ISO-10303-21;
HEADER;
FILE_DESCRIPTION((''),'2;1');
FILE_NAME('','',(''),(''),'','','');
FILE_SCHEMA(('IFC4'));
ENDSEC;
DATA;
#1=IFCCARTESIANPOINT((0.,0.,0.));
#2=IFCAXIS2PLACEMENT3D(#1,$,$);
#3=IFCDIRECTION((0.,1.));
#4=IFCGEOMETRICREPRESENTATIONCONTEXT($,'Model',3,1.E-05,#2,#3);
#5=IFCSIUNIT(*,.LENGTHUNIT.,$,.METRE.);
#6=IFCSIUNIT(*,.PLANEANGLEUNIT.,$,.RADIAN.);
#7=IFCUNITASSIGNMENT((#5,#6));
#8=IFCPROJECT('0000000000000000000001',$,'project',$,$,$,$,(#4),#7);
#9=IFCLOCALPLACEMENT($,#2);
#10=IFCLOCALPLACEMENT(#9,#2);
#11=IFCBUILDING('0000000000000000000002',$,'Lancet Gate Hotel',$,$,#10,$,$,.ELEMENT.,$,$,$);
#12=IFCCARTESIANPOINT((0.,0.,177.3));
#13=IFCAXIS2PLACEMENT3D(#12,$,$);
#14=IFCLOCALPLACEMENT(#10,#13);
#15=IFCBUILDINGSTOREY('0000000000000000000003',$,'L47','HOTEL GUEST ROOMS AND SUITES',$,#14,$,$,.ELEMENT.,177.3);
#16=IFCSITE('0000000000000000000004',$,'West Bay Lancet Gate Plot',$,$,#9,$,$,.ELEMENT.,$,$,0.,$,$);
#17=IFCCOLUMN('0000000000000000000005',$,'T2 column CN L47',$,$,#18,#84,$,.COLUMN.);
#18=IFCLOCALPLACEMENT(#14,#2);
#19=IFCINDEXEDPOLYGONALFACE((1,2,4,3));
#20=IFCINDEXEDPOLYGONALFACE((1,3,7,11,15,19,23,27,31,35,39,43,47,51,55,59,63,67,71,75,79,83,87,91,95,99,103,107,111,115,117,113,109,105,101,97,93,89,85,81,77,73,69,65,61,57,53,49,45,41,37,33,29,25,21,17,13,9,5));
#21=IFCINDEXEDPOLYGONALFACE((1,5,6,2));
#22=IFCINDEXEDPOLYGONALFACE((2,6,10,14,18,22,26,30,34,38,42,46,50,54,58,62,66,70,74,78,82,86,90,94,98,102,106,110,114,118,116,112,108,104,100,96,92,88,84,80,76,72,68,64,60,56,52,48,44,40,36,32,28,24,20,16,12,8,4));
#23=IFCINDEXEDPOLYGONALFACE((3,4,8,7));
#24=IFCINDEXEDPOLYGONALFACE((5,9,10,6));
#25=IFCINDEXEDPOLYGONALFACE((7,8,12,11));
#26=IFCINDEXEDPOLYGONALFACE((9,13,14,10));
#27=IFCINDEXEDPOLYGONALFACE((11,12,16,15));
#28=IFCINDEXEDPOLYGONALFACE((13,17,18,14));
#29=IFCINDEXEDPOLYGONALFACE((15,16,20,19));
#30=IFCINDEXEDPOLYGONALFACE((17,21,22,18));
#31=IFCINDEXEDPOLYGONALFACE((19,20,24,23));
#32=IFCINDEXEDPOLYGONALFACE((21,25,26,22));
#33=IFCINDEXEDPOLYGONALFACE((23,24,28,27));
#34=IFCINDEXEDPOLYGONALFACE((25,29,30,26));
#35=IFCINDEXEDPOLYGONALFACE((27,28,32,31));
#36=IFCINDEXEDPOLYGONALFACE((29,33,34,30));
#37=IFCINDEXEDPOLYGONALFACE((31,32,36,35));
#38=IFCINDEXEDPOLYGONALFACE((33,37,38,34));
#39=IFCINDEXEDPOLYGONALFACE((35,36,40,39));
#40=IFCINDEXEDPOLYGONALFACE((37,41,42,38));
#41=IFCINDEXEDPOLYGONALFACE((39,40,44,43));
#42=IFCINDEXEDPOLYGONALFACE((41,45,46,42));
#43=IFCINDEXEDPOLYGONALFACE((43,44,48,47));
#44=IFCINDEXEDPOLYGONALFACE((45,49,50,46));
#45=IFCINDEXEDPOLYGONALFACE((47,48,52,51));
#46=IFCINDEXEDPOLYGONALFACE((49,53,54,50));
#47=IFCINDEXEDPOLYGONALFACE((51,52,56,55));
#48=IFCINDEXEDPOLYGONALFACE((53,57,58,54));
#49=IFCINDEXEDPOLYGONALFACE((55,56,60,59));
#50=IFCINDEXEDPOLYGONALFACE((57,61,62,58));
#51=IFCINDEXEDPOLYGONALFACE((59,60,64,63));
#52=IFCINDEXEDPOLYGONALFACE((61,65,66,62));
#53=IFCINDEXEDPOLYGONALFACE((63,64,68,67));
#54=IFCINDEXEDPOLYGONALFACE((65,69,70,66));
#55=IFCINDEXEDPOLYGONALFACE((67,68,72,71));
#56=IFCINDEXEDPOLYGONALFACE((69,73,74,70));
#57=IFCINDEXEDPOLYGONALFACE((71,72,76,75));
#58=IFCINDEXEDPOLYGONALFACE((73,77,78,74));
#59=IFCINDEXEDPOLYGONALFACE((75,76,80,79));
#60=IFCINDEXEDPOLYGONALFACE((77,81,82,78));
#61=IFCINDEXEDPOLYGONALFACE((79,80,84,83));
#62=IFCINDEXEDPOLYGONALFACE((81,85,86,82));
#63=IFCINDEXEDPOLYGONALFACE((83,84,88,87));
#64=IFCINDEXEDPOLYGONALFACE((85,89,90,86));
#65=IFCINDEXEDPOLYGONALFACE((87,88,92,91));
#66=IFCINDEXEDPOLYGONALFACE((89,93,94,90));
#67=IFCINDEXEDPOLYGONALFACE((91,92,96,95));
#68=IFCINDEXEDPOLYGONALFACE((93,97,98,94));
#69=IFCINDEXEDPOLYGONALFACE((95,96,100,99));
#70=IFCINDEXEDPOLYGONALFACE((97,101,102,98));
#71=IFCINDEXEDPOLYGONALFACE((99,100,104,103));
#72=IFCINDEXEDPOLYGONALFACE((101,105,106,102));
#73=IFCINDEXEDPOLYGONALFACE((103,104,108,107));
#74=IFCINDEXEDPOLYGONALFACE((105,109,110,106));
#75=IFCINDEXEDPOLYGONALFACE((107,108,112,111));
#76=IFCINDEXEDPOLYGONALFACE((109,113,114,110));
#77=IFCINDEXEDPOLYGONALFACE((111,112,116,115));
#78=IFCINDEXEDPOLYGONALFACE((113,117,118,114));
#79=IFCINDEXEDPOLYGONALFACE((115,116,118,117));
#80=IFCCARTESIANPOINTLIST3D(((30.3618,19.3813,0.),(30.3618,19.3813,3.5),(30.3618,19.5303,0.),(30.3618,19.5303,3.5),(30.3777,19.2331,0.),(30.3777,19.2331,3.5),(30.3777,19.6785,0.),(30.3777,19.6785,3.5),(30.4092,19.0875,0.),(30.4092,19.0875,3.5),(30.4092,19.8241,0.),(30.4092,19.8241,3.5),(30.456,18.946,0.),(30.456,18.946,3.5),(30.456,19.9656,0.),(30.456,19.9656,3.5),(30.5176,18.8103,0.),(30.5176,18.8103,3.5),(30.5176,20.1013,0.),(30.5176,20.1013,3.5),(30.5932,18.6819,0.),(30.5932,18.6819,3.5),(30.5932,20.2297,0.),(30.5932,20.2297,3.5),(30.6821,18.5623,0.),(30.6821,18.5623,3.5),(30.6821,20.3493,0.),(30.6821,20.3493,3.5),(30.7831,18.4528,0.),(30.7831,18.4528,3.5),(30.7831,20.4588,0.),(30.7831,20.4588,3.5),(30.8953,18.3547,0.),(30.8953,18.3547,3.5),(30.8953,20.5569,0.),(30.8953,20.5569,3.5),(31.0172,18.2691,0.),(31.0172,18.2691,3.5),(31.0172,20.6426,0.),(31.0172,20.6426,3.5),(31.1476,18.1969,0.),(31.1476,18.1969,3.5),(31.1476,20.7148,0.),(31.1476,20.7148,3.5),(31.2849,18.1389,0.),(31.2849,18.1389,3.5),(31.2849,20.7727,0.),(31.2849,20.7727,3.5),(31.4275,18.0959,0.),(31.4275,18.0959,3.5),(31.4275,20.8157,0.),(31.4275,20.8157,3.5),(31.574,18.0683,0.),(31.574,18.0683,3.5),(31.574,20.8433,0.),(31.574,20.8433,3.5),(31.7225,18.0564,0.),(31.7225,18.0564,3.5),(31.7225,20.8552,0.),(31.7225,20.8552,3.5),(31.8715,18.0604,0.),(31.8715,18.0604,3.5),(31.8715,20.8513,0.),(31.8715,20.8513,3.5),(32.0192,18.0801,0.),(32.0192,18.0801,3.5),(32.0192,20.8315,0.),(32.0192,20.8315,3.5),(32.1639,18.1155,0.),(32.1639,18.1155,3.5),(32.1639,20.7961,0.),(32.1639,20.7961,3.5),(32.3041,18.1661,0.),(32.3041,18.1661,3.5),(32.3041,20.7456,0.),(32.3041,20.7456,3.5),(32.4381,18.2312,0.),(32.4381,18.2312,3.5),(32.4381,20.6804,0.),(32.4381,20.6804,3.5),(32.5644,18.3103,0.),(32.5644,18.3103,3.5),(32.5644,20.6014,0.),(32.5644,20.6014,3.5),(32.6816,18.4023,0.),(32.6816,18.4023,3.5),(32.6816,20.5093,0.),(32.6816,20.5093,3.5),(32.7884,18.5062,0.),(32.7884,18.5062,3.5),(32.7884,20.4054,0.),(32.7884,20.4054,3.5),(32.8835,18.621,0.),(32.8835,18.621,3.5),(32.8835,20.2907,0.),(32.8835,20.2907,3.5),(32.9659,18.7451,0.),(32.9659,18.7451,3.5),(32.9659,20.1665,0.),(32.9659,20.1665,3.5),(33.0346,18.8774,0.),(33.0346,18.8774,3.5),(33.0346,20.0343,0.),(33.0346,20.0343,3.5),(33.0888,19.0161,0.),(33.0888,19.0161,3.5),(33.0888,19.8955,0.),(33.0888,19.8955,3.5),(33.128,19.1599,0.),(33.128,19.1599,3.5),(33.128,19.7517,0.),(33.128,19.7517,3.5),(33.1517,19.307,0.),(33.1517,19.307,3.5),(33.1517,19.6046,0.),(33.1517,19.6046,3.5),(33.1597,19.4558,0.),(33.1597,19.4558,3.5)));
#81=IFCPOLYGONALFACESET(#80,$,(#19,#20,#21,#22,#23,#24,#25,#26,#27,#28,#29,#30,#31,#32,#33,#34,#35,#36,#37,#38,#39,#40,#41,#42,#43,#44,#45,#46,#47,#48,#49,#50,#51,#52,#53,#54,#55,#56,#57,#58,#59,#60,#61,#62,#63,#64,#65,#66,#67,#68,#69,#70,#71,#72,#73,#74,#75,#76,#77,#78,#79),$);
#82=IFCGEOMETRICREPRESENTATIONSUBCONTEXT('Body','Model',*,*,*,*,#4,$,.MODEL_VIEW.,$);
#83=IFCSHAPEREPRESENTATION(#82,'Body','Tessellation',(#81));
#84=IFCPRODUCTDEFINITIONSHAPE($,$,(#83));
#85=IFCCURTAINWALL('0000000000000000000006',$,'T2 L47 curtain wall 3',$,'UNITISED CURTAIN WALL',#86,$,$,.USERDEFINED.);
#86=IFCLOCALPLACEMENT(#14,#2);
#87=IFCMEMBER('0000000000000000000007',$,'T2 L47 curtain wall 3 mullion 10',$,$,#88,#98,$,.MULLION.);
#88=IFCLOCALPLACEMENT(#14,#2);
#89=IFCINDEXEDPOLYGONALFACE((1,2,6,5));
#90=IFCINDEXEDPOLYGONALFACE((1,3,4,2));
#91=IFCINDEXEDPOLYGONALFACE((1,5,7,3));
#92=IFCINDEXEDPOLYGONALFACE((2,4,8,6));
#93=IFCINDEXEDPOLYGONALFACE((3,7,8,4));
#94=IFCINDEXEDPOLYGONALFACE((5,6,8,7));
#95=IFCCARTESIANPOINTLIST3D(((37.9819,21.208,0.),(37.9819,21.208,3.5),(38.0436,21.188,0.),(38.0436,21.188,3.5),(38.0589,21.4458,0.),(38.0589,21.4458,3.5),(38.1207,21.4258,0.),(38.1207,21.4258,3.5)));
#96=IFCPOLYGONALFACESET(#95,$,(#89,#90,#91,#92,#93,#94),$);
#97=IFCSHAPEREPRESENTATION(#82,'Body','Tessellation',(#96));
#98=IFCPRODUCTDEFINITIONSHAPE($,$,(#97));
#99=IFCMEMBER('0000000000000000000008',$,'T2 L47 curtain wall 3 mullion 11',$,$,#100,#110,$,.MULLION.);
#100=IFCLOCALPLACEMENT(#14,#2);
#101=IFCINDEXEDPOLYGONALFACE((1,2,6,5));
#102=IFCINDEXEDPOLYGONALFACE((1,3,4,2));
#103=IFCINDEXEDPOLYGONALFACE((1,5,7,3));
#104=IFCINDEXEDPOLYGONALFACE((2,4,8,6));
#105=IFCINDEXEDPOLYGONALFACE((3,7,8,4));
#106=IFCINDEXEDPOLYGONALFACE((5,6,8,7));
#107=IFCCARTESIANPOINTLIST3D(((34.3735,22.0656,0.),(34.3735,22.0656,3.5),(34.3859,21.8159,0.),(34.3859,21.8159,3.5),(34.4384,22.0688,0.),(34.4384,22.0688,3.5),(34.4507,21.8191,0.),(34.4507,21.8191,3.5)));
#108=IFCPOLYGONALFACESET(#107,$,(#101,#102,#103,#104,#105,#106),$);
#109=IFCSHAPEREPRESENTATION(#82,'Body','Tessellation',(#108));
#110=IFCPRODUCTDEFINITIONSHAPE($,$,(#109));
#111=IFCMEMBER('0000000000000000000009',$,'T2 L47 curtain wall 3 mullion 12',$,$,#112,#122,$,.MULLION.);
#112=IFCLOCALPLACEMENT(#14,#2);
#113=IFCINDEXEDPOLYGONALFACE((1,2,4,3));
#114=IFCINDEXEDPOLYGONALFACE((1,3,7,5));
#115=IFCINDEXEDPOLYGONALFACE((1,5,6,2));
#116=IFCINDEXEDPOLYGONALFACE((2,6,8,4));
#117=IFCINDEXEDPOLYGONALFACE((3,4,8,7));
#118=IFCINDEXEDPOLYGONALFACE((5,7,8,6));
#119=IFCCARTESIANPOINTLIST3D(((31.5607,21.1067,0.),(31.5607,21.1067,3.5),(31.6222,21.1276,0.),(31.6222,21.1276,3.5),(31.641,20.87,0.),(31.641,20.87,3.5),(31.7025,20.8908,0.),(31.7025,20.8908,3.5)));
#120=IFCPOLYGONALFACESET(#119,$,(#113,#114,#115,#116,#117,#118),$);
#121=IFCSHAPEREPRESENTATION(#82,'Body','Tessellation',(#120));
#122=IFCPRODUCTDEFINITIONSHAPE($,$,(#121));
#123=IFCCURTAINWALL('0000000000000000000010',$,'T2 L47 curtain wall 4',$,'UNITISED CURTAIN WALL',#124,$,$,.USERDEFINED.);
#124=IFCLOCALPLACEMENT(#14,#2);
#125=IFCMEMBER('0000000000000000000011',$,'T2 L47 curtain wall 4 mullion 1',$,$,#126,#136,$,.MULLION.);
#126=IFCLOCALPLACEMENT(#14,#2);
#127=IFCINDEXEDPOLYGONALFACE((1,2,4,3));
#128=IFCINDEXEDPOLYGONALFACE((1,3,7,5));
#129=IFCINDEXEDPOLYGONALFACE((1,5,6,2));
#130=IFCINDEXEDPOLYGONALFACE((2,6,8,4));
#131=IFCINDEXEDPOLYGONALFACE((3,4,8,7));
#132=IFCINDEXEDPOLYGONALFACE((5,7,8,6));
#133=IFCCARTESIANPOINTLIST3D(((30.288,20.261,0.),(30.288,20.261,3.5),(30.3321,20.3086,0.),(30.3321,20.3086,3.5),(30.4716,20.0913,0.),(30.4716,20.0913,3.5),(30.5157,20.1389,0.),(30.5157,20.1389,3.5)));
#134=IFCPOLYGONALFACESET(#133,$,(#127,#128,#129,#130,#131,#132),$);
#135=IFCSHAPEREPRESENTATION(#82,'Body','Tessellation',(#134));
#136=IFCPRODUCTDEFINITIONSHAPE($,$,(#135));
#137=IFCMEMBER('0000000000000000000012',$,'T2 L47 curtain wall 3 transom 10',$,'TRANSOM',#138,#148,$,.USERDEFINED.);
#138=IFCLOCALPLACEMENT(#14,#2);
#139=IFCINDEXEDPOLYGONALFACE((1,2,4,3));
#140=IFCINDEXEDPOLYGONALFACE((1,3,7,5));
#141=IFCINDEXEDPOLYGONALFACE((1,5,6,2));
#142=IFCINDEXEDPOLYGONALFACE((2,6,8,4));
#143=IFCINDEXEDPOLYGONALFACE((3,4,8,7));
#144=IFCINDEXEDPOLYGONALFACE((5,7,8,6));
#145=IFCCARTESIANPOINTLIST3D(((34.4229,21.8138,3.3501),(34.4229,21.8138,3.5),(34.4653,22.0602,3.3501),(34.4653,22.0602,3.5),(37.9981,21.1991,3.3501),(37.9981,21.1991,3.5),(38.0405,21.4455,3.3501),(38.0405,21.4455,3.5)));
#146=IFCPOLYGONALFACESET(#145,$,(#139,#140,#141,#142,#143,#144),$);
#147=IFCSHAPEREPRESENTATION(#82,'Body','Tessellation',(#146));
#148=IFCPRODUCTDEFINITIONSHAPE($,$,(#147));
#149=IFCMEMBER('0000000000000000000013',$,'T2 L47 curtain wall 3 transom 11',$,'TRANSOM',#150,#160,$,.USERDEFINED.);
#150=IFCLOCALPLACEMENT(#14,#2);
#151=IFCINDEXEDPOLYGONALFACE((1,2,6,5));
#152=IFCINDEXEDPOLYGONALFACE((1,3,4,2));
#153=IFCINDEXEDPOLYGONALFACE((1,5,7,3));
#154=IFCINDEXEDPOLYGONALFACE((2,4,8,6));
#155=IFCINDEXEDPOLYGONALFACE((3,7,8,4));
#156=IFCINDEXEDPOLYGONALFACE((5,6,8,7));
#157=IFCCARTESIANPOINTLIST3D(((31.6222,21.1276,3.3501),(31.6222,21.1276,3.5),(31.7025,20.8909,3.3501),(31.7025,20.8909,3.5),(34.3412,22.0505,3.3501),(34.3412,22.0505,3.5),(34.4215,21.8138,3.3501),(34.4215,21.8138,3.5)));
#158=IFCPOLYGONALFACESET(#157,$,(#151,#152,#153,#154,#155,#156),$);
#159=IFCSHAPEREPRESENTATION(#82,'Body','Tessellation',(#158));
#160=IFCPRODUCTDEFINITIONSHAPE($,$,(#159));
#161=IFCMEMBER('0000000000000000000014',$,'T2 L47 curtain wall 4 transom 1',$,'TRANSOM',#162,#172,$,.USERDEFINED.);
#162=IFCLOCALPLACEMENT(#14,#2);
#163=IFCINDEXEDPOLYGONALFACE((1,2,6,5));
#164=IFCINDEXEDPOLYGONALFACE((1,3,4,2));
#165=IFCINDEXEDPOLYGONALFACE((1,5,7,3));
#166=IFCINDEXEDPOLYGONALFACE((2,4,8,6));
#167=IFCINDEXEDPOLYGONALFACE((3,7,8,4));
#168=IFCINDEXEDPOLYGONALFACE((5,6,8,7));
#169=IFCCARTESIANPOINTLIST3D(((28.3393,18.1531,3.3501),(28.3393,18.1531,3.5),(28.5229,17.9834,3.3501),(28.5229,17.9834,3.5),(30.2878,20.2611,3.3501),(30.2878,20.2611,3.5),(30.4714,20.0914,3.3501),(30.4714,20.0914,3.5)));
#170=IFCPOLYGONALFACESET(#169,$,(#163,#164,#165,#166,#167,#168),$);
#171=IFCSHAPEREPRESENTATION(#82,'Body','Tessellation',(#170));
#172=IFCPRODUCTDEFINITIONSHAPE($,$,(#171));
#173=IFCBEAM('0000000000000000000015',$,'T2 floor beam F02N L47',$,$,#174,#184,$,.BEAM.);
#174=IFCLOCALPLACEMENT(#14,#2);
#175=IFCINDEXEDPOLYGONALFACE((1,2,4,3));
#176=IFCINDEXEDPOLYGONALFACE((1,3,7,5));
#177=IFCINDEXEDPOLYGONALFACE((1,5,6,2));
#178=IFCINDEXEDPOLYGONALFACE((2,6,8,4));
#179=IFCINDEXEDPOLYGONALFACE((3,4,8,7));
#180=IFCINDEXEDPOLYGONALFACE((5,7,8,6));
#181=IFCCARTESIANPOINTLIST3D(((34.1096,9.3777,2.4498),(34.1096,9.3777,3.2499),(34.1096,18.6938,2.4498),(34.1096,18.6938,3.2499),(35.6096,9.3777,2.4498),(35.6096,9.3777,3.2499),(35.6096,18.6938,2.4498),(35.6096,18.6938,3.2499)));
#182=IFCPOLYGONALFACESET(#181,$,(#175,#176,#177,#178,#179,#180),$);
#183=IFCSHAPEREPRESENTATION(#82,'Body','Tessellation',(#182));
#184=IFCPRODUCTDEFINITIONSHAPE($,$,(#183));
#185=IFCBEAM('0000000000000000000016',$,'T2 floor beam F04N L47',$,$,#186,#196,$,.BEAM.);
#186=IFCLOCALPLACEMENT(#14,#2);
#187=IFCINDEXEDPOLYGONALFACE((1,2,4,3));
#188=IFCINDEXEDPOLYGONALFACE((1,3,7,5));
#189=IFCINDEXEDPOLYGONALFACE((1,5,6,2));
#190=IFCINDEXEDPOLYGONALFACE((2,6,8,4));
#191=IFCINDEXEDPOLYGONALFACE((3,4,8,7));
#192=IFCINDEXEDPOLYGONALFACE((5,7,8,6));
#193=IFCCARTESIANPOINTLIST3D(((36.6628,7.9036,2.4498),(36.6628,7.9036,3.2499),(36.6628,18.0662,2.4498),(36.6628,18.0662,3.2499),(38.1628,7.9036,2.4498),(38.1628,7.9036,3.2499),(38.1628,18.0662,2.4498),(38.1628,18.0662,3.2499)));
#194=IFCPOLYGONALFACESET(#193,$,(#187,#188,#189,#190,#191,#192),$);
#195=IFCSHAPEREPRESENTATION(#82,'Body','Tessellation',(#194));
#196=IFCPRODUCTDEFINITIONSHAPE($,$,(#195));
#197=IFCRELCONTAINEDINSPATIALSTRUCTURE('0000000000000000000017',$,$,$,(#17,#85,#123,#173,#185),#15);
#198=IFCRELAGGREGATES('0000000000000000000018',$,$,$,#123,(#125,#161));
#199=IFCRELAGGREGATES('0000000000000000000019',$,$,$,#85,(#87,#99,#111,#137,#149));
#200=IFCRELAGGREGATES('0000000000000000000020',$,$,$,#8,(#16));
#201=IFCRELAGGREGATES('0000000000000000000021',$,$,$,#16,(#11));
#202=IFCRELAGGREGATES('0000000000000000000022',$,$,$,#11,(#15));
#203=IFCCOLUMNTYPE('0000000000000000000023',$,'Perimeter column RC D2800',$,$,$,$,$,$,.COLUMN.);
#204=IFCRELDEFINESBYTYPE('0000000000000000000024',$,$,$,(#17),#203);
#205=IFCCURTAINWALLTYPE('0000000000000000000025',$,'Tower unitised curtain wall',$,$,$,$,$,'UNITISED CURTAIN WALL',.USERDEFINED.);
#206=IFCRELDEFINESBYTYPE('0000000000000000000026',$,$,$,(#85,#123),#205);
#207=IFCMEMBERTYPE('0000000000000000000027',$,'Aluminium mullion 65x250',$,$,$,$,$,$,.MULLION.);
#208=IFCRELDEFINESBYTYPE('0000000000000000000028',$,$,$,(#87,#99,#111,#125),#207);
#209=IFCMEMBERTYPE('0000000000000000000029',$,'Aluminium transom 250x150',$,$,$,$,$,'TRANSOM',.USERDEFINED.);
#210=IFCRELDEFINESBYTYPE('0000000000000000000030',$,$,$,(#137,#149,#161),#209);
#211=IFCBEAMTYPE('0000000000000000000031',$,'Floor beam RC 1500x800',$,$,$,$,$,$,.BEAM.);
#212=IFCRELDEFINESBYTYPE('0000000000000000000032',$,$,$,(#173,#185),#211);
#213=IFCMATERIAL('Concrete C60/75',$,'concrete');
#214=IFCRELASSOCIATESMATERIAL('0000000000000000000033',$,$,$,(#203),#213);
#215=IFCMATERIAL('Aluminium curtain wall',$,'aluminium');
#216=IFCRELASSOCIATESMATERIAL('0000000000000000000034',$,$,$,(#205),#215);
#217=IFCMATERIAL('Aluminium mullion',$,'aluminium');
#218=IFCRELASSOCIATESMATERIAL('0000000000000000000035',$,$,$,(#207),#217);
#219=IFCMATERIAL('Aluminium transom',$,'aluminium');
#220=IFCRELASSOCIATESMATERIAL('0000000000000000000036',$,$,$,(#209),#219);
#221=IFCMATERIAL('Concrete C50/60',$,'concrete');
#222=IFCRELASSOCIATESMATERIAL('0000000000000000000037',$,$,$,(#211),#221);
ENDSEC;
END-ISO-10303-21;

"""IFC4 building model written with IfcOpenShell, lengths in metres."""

from ifc_helpers import new_model, si_unit, direction, frame, origin, origin_2d, place, context, subcontext, project, spatial, rectangle, circle, extrude, material, material_profile, profile_set, type_object, element, aggregate, save


model = new_model("IFC4")

# Units and contexts
model_context = context("Model", 3, precision=1e-05, world=origin(), true_north=direction((0.0, 1.0)))
body_context = subcontext(model_context, "Body", "Model", "MODEL_VIEW")
ifc_project = project(units=[si_unit("LENGTHUNIT", "METRE"), si_unit("PLANEANGLEUNIT", "RADIAN")], contexts=[model_context])

# Site, building, storey
site_placement = place(None, origin())
site = spatial("IfcSite", under=ifc_project, at=site_placement, Name="West Bay Lancet Gate Plot", CompositionType="ELEMENT", RefElevation=0.0)
building_placement = place(site_placement, origin())
building = spatial("IfcBuilding", under=site, at=building_placement, Name="Lancet Gate Hotel", CompositionType="ELEMENT")
storey_placement = place(building_placement, frame((0.0, 0.0, 177.3)))
storey = spatial("IfcBuildingStorey", under=building, at=storey_placement, Name="L47", Description="HOTEL GUEST ROOMS AND SUITES", CompositionType="ELEMENT", Elevation=177.3)

# Column
ifc_material_1 = material(Name="Concrete C60/75", Category="concrete")
ifc_material_profile_1 = material_profile(ifc_material_1, circle(Radius=1.3999, at=origin_2d()), Name="RC D2800")
ifc_profile_set_1 = profile_set([ifc_material_profile_1], Name="Concrete C60/75")
column_type = type_object("IfcColumnType", Name="Perimeter column RC D2800", PredefinedType="COLUMN", material=ifc_profile_set_1)
column_placement = place(storey_placement, frame((31.7598, 19.4558, 0.0), z_axis=(0.0, 0.0, 1.0), x_axis=(1.0, 0.0, 0.0)))
element("IfcColumn", 1, at=column_placement, inside=storey, type_object=column_type, Name="T2 column CN L47", PredefinedType="COLUMN", context=body_context, shape_type="SweptSolid", body=[
    extrude(circle(Radius=1.3999, at=origin_2d()), origin(), (0.0, 0.0, 1.0), 3.5),
])

# Curtain wall, members
ifc_material_2 = material(Name="Aluminium curtain wall", Category="aluminium")
curtain_wall_type = type_object("IfcCurtainWallType", Name="Tower unitised curtain wall", ElementType="UNITISED CURTAIN WALL", PredefinedType="USERDEFINED", material=ifc_material_2)
curtain_wall_1_placement = place(storey_placement, origin())
curtain_wall_1 = element("IfcCurtainWall", 2, at=curtain_wall_1_placement, inside=storey, type_object=curtain_wall_type, Name="T2 L47 curtain wall 3", ObjectType="UNITISED CURTAIN WALL", PredefinedType="USERDEFINED")
ifc_material_3 = material(Name="Aluminium mullion", Category="aluminium")
ifc_material_profile_2 = material_profile(ifc_material_3, rectangle(XDim=0.0649, YDim=0.25, at=origin_2d()), Name="MULLION 65x250")
ifc_profile_set_2 = profile_set([ifc_material_profile_2], Name="Aluminium mullion")
member_type_1 = type_object("IfcMemberType", Name="Aluminium mullion 65x250", PredefinedType="MULLION", material=ifc_profile_set_2)
member_1_placement = place(storey_placement, frame((38.0513, 21.3169, 0.0), z_axis=(0.0, 0.0, 1.0), x_axis=(-0.951355, 0.308095, 0.0)))
member_1 = element("IfcMember", 3, at=member_1_placement, type_object=member_type_1, Name="T2 L47 curtain wall 3 mullion 10", PredefinedType="MULLION", context=body_context, shape_type="SweptSolid", body=[
    extrude(rectangle(XDim=0.0649, YDim=0.25, at=origin_2d()), origin(), (0.0, 0.0, 1.0), 3.5),
])
member_2_placement = place(storey_placement, frame((34.4121, 21.9424, 0.0), z_axis=(0.0, 0.0, 1.0), x_axis=(-0.998776, -0.049471, 0.0)))
member_2 = element("IfcMember", 4, at=member_2_placement, type_object=member_type_1, Name="T2 L47 curtain wall 3 mullion 11", PredefinedType="MULLION", context=body_context, shape_type="SweptSolid", body=[
    extrude(rectangle(XDim=0.0649, YDim=0.25, at=origin_2d()), origin(), (0.0, 0.0, 1.0), 3.5),
])
member_3_placement = place(storey_placement, frame((31.6316, 20.9988, 0.0), z_axis=(0.0, 0.0, 1.0), x_axis=(-0.946952, -0.321374, 0.0)))
member_3 = element("IfcMember", 5, at=member_3_placement, type_object=member_type_1, Name="T2 L47 curtain wall 3 mullion 12", PredefinedType="MULLION", context=body_context, shape_type="SweptSolid", body=[
    extrude(rectangle(XDim=0.0649, YDim=0.25, at=origin_2d()), origin(), (0.0, 0.0, 1.0), 3.5),
])

# Curtain wall, member
curtain_wall_2_placement = place(storey_placement, origin())
curtain_wall_2 = element("IfcCurtainWall", 6, at=curtain_wall_2_placement, inside=storey, type_object=curtain_wall_type, Name="T2 L47 curtain wall 4", ObjectType="UNITISED CURTAIN WALL", PredefinedType="USERDEFINED")
member_4_placement = place(storey_placement, frame((30.4019, 20.2, 0.0), z_axis=(0.0, 0.0, 1.0), x_axis=(-0.678831, -0.734294, 0.0)))
member_4 = element("IfcMember", 7, at=member_4_placement, type_object=member_type_1, Name="T2 L47 curtain wall 4 mullion 1", PredefinedType="MULLION", context=body_context, shape_type="SweptSolid", body=[
    extrude(rectangle(XDim=0.0649, YDim=0.25, at=origin_2d()), origin(), (0.0, 0.0, 1.0), 3.5),
])

# Members
ifc_material_4 = material(Name="Aluminium transom", Category="aluminium")
ifc_material_profile_3 = material_profile(ifc_material_4, rectangle(XDim=0.25, YDim=0.1499, at=origin_2d()), Name="TRANSOM 250x150")
ifc_profile_set_3 = profile_set([ifc_material_profile_3], Name="Aluminium transom")
member_type_2 = type_object("IfcMemberType", Name="Aluminium transom 250x150", ElementType="TRANSOM", PredefinedType="USERDEFINED", material=ifc_profile_set_3)
member_5_placement = place(storey_placement, frame((38.0193, 21.3223, 3.425), z_axis=(-0.985537, 0.169461, 0.0), x_axis=(-0.169461, -0.985537, 0.0)))
member_5 = element("IfcMember", 8, at=member_5_placement, type_object=member_type_2, Name="T2 L47 curtain wall 3 transom 10", ObjectType="TRANSOM", PredefinedType="USERDEFINED", context=body_context, shape_type="SweptSolid", body=[
    extrude(rectangle(XDim=0.25, YDim=0.1499, at=origin_2d()), origin(), (0.0, 0.0, 1.0), 3.6277),
])
member_6_placement = place(storey_placement, frame((34.3813, 21.9321, 3.425), z_axis=(-0.946943, -0.321401, 0.0), x_axis=(0.321401, -0.946943, 0.0)))
member_6 = element("IfcMember", 9, at=member_6_placement, type_object=member_type_2, Name="T2 L47 curtain wall 3 transom 11", ObjectType="TRANSOM", PredefinedType="USERDEFINED", context=body_context, shape_type="SweptSolid", body=[
    extrude(rectangle(XDim=0.25, YDim=0.1499, at=origin_2d()), origin(), (0.0, 0.0, 1.0), 2.8713),
])
member_7_placement = place(storey_placement, frame((30.3796, 20.1763, 3.425), z_axis=(-0.678792, -0.73433, 0.0), x_axis=(0.73433, -0.678792, 0.0)))
member_7 = element("IfcMember", 10, at=member_7_placement, type_object=member_type_2, Name="T2 L47 curtain wall 4 transom 1", ObjectType="TRANSOM", PredefinedType="USERDEFINED", context=body_context, shape_type="SweptSolid", body=[
    extrude(rectangle(XDim=0.25, YDim=0.1499, at=origin_2d()), origin(), (0.0, 0.0, 1.0), 2.8706),
])
aggregate(curtain_wall_2, [member_4, member_7])

# Beams
ifc_material_5 = material(Name="Concrete C50/60", Category="concrete")
ifc_material_profile_4 = material_profile(ifc_material_5, rectangle(XDim=1.5, YDim=0.8, at=origin_2d()), Name="RC 1500x800")
ifc_profile_set_4 = profile_set([ifc_material_profile_4], Name="Concrete C50/60")
beam_type = type_object("IfcBeamType", Name="Floor beam RC 1500x800", PredefinedType="BEAM", material=ifc_profile_set_4)
beam_1_placement = place(storey_placement, frame((34.8596, 9.3777, 2.8499), z_axis=(0.0, 1.0, 0.0), x_axis=(-1.0, 0.0, 0.0)))
element("IfcBeam", 11, at=beam_1_placement, inside=storey, type_object=beam_type, Name="T2 floor beam F02N L47", PredefinedType="BEAM", context=body_context, shape_type="SweptSolid", body=[
    extrude(rectangle(XDim=1.5, YDim=0.8, at=origin_2d()), origin(), (0.0, 0.0, 1.0), 9.3162),
])
beam_2_placement = place(storey_placement, frame((37.4128, 7.9036, 2.8499), z_axis=(0.0, 1.0, 0.0), x_axis=(-1.0, 0.0, 0.0)))
element("IfcBeam", 12, at=beam_2_placement, inside=storey, type_object=beam_type, Name="T2 floor beam F04N L47", PredefinedType="BEAM", context=body_context, shape_type="SweptSolid", body=[
    extrude(rectangle(XDim=1.5, YDim=0.8, at=origin_2d()), origin(), (0.0, 0.0, 1.0), 10.1626),
])

aggregate(curtain_wall_1, [member_1, member_2, member_3, member_5, member_6])

save(model, "model.ifc")
